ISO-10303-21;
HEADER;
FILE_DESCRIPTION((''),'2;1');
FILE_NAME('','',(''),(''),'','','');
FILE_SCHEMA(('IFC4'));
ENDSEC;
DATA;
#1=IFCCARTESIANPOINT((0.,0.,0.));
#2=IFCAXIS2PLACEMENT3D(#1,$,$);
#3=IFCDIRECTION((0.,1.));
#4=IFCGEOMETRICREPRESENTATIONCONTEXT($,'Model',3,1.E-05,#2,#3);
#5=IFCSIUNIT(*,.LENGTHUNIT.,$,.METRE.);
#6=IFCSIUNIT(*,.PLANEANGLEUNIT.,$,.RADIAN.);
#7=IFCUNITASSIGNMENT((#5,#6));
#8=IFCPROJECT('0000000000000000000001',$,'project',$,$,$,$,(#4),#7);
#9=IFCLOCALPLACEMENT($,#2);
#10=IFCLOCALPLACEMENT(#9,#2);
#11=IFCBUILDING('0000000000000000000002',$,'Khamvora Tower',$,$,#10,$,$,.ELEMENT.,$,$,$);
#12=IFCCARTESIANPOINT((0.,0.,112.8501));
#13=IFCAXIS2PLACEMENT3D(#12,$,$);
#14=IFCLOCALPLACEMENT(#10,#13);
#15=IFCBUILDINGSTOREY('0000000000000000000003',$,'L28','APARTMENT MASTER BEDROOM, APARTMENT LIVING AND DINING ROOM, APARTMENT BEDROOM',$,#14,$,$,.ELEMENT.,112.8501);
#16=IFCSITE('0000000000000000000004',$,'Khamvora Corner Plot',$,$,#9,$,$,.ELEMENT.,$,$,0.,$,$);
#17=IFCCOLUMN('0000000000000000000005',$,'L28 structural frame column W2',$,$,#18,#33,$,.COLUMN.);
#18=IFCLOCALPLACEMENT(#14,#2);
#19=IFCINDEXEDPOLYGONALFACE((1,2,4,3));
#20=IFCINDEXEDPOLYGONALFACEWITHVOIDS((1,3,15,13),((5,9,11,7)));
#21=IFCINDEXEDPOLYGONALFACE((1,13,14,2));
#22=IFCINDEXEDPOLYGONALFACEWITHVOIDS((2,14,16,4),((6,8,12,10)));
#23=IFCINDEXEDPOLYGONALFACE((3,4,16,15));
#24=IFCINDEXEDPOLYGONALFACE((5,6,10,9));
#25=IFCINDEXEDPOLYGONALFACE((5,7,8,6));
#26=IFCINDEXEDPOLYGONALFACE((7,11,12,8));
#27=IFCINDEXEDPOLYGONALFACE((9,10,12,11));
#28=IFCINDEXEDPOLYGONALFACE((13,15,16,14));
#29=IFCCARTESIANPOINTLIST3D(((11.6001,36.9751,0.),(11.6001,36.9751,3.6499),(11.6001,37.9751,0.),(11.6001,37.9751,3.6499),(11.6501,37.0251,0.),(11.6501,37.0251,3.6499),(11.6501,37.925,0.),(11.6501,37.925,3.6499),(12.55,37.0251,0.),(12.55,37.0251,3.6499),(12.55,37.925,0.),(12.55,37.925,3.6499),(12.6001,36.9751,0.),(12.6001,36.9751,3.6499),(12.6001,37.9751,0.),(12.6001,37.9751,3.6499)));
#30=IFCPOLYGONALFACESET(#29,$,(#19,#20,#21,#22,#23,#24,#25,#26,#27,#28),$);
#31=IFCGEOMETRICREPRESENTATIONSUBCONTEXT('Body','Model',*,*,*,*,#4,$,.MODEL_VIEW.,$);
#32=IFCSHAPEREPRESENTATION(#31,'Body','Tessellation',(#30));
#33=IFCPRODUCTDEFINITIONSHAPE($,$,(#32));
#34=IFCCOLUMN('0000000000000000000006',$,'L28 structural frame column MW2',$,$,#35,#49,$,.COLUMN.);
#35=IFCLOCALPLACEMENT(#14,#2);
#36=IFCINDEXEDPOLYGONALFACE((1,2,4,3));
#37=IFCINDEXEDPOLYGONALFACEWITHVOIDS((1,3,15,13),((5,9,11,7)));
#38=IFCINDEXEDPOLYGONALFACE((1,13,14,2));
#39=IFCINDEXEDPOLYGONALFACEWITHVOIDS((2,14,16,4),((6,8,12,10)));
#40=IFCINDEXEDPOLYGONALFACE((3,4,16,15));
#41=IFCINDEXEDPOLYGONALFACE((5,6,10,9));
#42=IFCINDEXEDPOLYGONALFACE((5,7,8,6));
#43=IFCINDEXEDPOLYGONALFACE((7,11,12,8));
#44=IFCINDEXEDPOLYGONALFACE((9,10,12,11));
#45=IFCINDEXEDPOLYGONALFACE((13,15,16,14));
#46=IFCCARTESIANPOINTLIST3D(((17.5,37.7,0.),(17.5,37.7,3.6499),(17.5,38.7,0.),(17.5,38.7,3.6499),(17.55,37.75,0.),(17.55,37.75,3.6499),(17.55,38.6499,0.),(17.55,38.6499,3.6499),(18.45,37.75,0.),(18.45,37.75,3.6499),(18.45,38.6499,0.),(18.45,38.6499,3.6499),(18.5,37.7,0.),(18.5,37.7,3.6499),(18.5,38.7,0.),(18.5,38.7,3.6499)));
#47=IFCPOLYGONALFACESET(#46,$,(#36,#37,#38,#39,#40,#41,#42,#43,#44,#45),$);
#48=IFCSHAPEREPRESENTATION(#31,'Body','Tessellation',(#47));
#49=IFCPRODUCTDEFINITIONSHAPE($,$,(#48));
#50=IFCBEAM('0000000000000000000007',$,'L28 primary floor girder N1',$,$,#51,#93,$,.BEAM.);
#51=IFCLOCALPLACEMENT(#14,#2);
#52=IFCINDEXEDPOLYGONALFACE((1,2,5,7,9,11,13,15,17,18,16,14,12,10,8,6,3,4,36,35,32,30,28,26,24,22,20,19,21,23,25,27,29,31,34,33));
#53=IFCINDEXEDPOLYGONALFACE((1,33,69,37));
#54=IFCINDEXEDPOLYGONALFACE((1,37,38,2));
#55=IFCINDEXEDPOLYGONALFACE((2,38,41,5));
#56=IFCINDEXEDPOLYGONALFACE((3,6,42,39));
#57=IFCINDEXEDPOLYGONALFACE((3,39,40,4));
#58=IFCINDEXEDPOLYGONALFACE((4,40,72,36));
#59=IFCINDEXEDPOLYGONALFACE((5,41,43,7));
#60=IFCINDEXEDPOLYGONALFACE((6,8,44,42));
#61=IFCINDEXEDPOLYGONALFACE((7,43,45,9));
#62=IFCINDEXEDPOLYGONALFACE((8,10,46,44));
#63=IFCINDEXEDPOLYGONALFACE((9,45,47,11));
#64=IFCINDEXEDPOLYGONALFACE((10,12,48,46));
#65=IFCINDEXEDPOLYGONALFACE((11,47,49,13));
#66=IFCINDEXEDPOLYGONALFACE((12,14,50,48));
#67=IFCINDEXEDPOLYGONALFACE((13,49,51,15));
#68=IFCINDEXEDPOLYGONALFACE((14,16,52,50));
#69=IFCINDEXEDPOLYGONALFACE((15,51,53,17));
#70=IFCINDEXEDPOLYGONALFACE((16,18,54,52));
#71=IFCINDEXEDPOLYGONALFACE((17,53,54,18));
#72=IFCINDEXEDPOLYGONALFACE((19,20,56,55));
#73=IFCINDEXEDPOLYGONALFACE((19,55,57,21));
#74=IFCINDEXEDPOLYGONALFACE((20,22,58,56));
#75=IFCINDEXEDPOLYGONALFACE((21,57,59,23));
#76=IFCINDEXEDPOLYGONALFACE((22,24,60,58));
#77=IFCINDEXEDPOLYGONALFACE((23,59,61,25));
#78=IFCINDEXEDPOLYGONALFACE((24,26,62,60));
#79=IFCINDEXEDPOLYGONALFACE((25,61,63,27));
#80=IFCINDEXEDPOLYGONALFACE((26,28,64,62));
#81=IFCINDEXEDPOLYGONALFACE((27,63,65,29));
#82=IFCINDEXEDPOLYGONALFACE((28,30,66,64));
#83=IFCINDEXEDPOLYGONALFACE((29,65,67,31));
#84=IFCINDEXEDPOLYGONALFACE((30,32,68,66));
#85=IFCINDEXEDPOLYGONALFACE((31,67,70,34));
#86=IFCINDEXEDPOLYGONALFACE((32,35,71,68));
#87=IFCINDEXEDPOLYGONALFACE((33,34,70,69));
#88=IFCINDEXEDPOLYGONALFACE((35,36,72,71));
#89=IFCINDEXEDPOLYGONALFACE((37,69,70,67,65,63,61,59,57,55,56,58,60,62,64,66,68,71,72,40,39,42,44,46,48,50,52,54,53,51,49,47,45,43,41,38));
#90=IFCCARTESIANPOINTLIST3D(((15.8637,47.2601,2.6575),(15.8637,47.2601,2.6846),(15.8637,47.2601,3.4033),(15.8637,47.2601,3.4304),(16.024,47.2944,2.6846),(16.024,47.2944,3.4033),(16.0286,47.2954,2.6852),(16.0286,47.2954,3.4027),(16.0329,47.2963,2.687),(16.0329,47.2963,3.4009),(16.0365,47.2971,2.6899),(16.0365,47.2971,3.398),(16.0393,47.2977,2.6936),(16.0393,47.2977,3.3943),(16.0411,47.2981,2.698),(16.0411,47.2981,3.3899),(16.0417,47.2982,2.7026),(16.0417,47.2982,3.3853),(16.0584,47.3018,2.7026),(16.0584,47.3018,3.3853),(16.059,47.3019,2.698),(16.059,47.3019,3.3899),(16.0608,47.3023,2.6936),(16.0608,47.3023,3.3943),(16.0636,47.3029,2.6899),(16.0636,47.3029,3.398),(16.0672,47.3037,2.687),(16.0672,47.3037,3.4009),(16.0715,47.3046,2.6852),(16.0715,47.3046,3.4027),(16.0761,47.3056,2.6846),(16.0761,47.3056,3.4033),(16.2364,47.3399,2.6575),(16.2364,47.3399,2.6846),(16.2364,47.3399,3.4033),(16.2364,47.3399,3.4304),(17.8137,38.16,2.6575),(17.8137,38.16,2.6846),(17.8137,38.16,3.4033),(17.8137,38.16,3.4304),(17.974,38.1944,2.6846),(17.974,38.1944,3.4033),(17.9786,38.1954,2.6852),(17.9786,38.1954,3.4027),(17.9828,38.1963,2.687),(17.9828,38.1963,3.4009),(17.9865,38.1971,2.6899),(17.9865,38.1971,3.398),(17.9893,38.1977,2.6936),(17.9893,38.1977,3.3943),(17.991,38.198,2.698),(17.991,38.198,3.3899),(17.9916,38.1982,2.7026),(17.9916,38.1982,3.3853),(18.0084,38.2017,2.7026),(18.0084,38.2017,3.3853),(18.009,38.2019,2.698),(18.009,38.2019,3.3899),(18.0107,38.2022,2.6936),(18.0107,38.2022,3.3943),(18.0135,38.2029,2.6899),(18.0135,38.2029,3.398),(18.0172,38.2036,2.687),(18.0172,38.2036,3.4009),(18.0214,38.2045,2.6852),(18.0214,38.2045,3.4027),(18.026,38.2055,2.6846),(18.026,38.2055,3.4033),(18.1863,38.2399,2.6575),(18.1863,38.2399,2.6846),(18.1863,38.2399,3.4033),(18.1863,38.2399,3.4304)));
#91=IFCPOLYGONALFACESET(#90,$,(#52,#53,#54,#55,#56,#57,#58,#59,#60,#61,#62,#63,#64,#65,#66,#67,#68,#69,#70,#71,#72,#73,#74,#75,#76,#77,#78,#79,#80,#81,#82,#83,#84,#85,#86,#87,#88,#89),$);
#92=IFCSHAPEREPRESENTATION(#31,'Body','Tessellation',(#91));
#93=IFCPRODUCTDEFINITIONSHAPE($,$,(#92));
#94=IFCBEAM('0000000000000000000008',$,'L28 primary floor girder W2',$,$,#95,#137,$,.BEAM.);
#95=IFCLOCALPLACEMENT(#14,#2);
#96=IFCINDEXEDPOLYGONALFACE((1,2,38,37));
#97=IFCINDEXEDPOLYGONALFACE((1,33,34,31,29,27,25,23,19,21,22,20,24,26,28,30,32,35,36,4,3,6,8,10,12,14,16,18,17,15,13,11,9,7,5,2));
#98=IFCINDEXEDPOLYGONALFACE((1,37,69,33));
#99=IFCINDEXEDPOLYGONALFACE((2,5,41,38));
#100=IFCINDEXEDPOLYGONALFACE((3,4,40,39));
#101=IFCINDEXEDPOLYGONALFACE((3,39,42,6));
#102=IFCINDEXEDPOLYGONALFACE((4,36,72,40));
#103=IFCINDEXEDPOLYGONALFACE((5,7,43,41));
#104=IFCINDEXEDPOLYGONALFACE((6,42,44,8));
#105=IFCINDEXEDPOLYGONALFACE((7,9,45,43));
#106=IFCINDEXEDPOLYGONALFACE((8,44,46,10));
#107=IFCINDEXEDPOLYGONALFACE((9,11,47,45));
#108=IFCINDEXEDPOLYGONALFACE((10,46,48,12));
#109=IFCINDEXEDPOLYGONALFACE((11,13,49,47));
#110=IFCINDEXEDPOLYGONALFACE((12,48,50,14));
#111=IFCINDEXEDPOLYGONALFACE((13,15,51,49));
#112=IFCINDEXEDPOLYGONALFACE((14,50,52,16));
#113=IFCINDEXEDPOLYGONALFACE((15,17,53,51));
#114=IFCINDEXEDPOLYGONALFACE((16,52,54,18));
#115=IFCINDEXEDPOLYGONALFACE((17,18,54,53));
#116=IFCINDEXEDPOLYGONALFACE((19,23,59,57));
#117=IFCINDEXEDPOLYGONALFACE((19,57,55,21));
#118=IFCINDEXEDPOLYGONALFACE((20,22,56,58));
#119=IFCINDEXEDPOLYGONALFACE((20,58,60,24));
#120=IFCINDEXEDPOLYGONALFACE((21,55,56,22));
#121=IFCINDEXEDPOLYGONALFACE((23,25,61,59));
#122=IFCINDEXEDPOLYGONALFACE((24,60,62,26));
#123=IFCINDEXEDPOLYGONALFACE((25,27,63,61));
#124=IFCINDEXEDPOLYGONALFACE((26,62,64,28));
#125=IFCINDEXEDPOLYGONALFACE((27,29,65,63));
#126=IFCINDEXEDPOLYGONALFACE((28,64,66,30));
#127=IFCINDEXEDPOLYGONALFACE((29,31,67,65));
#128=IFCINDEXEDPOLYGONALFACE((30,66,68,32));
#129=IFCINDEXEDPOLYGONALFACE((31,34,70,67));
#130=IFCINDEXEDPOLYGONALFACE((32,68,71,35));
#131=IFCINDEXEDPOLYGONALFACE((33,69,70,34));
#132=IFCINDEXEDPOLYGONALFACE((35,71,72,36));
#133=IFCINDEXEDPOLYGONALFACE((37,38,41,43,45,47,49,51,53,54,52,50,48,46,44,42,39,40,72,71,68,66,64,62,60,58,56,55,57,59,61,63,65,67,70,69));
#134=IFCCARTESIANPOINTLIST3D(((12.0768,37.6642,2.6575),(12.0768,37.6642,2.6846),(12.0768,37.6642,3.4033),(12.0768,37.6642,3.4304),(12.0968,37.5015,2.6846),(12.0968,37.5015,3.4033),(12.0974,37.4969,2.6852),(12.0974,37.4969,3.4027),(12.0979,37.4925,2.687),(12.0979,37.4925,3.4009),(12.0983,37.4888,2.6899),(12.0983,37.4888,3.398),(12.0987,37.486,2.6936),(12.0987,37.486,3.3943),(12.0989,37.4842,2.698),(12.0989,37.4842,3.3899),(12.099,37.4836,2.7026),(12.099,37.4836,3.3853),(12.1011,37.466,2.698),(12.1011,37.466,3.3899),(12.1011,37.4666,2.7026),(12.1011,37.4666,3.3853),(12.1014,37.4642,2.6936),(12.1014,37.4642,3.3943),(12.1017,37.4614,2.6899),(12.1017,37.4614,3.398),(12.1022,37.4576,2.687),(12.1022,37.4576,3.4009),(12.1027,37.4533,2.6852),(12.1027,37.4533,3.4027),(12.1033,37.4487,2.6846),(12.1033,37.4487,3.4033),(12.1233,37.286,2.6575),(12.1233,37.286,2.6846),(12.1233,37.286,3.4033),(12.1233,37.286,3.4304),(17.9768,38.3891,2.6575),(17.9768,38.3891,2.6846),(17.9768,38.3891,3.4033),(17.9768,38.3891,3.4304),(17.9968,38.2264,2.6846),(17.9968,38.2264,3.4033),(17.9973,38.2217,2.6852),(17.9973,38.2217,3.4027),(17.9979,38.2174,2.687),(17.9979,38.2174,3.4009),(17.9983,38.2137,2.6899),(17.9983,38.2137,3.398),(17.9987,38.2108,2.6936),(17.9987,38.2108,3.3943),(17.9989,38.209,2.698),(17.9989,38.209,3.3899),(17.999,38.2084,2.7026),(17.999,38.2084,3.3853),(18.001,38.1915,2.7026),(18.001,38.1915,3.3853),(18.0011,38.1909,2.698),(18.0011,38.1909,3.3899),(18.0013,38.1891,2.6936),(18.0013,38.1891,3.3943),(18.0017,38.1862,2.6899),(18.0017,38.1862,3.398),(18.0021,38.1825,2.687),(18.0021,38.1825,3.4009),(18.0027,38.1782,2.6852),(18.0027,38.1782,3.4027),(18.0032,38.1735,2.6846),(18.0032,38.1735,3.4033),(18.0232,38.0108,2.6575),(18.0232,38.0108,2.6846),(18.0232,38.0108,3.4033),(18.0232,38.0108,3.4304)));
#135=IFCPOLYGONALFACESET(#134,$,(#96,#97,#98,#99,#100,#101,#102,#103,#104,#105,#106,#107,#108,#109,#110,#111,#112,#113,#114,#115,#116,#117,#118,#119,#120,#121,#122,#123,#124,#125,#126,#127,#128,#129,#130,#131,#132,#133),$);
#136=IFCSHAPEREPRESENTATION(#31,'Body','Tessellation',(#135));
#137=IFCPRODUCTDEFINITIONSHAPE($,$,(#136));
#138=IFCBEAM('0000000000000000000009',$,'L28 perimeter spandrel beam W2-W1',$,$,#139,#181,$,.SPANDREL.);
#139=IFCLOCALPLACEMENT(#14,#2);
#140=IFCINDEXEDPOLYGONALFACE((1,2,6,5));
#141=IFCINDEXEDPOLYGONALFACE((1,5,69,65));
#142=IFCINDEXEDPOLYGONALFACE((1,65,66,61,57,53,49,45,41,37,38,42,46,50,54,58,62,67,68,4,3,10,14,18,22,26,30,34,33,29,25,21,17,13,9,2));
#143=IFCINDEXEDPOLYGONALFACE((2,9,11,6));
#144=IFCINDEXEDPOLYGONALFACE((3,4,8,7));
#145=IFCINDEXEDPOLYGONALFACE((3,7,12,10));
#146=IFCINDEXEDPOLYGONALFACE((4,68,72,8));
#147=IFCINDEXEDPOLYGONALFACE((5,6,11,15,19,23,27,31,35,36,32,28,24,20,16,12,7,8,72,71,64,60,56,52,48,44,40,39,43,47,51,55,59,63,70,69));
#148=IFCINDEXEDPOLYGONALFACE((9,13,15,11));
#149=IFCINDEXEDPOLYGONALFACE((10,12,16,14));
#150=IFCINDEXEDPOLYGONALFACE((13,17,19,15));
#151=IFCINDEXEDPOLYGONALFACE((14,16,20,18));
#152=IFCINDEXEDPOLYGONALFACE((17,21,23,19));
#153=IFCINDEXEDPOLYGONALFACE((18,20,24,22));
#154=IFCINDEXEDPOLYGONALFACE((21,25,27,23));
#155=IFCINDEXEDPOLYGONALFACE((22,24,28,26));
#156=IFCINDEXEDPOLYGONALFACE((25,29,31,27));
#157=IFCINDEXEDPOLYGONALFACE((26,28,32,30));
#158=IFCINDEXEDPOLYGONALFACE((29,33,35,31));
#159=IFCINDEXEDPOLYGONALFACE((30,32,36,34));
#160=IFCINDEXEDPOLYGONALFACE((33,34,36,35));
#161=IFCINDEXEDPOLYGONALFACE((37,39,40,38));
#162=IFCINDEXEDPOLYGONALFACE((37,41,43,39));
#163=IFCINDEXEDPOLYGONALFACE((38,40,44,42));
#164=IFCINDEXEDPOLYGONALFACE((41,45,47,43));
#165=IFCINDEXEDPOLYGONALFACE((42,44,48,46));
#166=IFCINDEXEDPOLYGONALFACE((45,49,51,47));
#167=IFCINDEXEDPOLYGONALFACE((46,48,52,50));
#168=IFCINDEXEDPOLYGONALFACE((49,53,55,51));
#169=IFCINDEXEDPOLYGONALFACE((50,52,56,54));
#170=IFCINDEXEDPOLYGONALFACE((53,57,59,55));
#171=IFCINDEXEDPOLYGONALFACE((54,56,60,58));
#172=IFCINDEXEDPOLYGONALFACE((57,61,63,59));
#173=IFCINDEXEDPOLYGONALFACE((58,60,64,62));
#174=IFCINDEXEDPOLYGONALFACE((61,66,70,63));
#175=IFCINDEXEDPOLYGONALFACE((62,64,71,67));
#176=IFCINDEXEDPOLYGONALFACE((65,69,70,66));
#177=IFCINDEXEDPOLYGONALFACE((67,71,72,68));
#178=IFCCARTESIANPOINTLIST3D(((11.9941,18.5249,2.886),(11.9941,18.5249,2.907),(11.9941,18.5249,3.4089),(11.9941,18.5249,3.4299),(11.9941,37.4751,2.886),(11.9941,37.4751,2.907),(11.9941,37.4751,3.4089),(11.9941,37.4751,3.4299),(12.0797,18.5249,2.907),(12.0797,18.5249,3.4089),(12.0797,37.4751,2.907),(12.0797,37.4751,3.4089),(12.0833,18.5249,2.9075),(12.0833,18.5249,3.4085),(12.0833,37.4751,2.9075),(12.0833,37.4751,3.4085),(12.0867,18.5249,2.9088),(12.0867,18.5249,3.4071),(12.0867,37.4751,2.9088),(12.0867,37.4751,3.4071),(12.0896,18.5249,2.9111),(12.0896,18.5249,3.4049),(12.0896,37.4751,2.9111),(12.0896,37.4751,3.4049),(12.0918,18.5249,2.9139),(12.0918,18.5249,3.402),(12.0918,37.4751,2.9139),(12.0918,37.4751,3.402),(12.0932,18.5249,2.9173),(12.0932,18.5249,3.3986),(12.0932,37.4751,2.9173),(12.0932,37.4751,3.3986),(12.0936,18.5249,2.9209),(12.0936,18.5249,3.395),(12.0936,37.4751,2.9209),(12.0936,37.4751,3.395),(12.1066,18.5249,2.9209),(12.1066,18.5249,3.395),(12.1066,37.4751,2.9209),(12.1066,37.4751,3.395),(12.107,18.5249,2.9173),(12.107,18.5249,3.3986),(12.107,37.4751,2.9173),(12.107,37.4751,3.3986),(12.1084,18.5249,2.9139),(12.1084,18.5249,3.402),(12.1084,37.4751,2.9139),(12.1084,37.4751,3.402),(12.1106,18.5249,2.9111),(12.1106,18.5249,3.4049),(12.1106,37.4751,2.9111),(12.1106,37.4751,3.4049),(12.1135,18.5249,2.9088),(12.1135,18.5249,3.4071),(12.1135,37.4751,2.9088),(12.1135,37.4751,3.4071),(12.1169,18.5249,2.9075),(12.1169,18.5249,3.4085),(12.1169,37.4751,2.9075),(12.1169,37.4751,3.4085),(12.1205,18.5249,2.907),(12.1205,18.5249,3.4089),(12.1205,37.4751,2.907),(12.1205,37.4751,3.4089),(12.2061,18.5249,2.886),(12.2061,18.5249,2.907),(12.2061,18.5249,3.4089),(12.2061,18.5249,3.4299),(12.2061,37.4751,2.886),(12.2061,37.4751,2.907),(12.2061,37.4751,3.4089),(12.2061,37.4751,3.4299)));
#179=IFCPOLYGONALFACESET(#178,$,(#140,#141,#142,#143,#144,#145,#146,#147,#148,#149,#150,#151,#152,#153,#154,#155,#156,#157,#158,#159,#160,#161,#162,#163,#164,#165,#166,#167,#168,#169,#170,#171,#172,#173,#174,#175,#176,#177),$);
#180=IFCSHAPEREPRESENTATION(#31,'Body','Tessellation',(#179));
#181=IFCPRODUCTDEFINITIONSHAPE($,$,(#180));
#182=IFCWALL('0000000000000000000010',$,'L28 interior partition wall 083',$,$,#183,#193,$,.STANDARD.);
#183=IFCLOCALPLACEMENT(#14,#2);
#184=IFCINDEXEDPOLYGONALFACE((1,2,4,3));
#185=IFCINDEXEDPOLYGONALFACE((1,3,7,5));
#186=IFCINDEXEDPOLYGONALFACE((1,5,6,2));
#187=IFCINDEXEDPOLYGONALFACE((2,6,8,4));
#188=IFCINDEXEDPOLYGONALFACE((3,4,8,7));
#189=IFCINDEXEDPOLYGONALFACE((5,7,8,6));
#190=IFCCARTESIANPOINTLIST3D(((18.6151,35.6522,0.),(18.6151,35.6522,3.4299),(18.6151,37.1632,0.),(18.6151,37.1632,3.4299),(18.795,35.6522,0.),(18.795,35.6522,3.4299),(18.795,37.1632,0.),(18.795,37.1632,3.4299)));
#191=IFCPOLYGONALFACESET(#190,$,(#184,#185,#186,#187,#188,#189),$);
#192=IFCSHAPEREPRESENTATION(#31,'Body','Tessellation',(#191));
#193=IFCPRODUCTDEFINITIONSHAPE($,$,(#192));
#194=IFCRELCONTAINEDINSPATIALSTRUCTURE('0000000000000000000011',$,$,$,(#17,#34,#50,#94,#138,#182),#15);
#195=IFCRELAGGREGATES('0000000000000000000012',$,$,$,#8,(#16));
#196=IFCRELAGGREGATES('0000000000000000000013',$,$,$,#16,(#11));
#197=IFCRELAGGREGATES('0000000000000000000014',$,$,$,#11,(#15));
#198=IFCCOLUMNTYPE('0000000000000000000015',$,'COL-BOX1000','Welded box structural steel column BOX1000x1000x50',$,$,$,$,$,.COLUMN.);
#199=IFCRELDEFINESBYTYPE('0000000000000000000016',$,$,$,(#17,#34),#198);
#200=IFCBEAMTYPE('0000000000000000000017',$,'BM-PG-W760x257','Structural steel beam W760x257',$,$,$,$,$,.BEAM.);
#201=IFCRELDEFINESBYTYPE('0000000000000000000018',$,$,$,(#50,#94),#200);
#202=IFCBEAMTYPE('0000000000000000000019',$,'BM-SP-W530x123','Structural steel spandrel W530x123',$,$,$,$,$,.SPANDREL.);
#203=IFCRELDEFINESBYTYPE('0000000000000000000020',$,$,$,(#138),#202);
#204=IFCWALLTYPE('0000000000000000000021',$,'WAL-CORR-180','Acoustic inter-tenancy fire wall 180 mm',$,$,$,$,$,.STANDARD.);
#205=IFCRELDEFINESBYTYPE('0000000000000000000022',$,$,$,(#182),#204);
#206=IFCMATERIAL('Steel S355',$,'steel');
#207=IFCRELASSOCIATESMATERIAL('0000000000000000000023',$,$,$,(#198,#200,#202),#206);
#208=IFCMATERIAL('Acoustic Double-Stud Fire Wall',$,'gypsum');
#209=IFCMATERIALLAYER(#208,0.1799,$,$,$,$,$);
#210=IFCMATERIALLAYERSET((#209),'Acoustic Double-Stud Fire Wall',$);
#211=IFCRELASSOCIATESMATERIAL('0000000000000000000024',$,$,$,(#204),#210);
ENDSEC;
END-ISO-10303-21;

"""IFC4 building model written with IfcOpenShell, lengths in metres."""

from ifc_helpers import new_model, si_unit, direction, frame, frame_2d, origin, origin_2d, place, context, subcontext, project, spatial, rectangle, hollow_rectangle, i_section, extrude, material, layer, layer_set, material_profile, profile_set, type_object, element, save


model = new_model("IFC4")

# Units and contexts
model_context = context("Model", 3, precision=1e-05, world=origin(), true_north=direction((0.0, 1.0)))
body_context = subcontext(model_context, "Body", "Model", "MODEL_VIEW")
ifc_project = project(units=[si_unit("LENGTHUNIT", "METRE"), si_unit("PLANEANGLEUNIT", "RADIAN")], contexts=[model_context])

# Site, building, storey
site_placement = place(None, origin())
site = spatial("IfcSite", under=ifc_project, at=site_placement, Name="Khamvora Corner Plot", CompositionType="ELEMENT", RefElevation=0.0)
building_placement = place(site_placement, origin())
building = spatial("IfcBuilding", under=site, at=building_placement, Name="Khamvora Tower", CompositionType="ELEMENT")
storey_placement = place(building_placement, frame((0.0, 0.0, 112.8501)))
storey = spatial("IfcBuildingStorey", under=building, at=storey_placement, Name="L28", Description="APARTMENT MASTER BEDROOM, APARTMENT LIVING AND DINING ROOM, APARTMENT BEDROOM", CompositionType="ELEMENT", Elevation=112.8501)

# Columns
ifc_material_1 = material(Name="Steel S355", Category="steel")
ifc_material_profile_1 = material_profile(ifc_material_1, hollow_rectangle(XDim=1.0, YDim=1.0, WallThickness=0.05, at=origin_2d()), Name="BOX1000x1000x50")
ifc_profile_set_1 = profile_set([ifc_material_profile_1], Name="Steel S355")
column_type = type_object("IfcColumnType", Name="COL-BOX1000", Description="Welded box structural steel column BOX1000x1000x50", PredefinedType="COLUMN", material=ifc_profile_set_1)
for number, where, z_axis, x_axis, name in (
    (1, (12.1001, 37.4751, 0.0), (0.0, 0.0, 1.0), (1.0, 0.0, 0.0), "L28 structural frame column W2"),
    (2, (18.0, 38.2, 0.0), (0.0, 0.0, 1.0), (1.0, 0.0, 0.0), "L28 structural frame column MW2"),
):
    element("IfcColumn", number, at=place(storey_placement, frame(where, z_axis=z_axis, x_axis=x_axis)), inside=storey, type_object=column_type, Name=name, PredefinedType="COLUMN", context=body_context, shape_type="SweptSolid", body=[
        extrude(hollow_rectangle(XDim=1.0, YDim=1.0, WallThickness=0.05, at=origin_2d()), origin(), (0.0, 0.0, 1.0), 3.6499),
    ])

# Beams
ifc_material_profile_2 = material_profile(ifc_material_1, i_section(OverallWidth=0.3811, OverallDepth=0.7729, WebThickness=0.0171, FlangeThickness=0.0271, FilletRadius=0.0181, at=origin_2d()), Name="W760x257")
ifc_profile_set_2 = profile_set([ifc_material_profile_2], Name="Steel S355")
beam_type_1 = type_object("IfcBeamType", Name="BM-PG-W760x257", Description="Structural steel beam W760x257", PredefinedType="BEAM", material=ifc_profile_set_2)
beam_1_placement = place(storey_placement, frame((18.0, 38.2, 3.0439), z_axis=(-0.209522, 0.977804, 0.0), x_axis=(-0.977804, -0.209522, 0.0)))
element("IfcBeam", 3, at=beam_1_placement, inside=storey, type_object=beam_type_1, Name="L28 primary floor girder N1", PredefinedType="BEAM", context=body_context, shape_type="SweptSolid", body=[
    extrude(i_section(OverallWidth=0.3811, OverallDepth=0.7729, WebThickness=0.0171, FlangeThickness=0.0271, FilletRadius=0.0181, at=origin_2d()), origin(), (0.0, 0.0, 1.0), 9.3066),
])
beam_2_placement = place(storey_placement, frame((18.0, 38.2, 3.0439), z_axis=(-0.992537, -0.121942, 0.0), x_axis=(0.121942, -0.992537, 0.0)))
element("IfcBeam", 4, at=beam_2_placement, inside=storey, type_object=beam_type_1, Name="L28 primary floor girder W2", PredefinedType="BEAM", context=body_context, shape_type="SweptSolid", body=[
    extrude(i_section(OverallWidth=0.3811, OverallDepth=0.7729, WebThickness=0.0171, FlangeThickness=0.0271, FilletRadius=0.0181, at=origin_2d()), origin(), (0.0, 0.0, 1.0), 5.9443),
])
ifc_material_profile_3 = material_profile(ifc_material_1, i_section(OverallWidth=0.2119, OverallDepth=0.5439, WebThickness=0.0129, FlangeThickness=0.021, FilletRadius=0.0139, at=origin_2d()), Name="W530x123")
ifc_profile_set_3 = profile_set([ifc_material_profile_3], Name="Steel S355")
beam_type_2 = type_object("IfcBeamType", Name="BM-SP-W530x123", Description="Structural steel spandrel W530x123", PredefinedType="SPANDREL", material=ifc_profile_set_3)
beam_3_placement = place(storey_placement, frame((12.1001, 37.4751, 3.158), z_axis=(0.0, -1.0, 0.0), x_axis=(1.0, 0.0, 0.0)))
element("IfcBeam", 5, at=beam_3_placement, inside=storey, type_object=beam_type_2, Name="L28 perimeter spandrel beam W2-W1", PredefinedType="SPANDREL", context=body_context, shape_type="SweptSolid", body=[
    extrude(i_section(OverallWidth=0.2119, OverallDepth=0.5439, WebThickness=0.0129, FlangeThickness=0.021, FilletRadius=0.0139, at=origin_2d()), origin(), (0.0, 0.0, 1.0), 18.9502),
])

# Wall
ifc_material_2 = material(Name="Acoustic Double-Stud Fire Wall", Category="gypsum")
ifc_layer_1 = layer(ifc_material_2, 0.1799)
ifc_layer_set_1 = layer_set([ifc_layer_1], Name="Acoustic Double-Stud Fire Wall")
wall_type_1 = type_object("IfcWallType", Name="WAL-CORR-180", Description="Acoustic inter-tenancy fire wall 180 mm", PredefinedType="STANDARD", material=ifc_layer_set_1)
wall_1_placement = place(storey_placement, frame((18.7051, 37.1631, 0.0), z_axis=(0.0, 0.0, 1.0), x_axis=(0.0, -1.0, 0.0)))
element("IfcWall", 6, at=wall_1_placement, inside=storey, type_object=wall_type_1, Name="L28 interior partition wall 083", PredefinedType="STANDARD", context=body_context, shape_type="SweptSolid", body=[
    extrude(rectangle(XDim=1.511, YDim=0.1799, at=frame_2d((0.7554, 0.0))), origin(), (0.0, 0.0, 1.0), 3.4299),
])

save(model, "model.ifc")
